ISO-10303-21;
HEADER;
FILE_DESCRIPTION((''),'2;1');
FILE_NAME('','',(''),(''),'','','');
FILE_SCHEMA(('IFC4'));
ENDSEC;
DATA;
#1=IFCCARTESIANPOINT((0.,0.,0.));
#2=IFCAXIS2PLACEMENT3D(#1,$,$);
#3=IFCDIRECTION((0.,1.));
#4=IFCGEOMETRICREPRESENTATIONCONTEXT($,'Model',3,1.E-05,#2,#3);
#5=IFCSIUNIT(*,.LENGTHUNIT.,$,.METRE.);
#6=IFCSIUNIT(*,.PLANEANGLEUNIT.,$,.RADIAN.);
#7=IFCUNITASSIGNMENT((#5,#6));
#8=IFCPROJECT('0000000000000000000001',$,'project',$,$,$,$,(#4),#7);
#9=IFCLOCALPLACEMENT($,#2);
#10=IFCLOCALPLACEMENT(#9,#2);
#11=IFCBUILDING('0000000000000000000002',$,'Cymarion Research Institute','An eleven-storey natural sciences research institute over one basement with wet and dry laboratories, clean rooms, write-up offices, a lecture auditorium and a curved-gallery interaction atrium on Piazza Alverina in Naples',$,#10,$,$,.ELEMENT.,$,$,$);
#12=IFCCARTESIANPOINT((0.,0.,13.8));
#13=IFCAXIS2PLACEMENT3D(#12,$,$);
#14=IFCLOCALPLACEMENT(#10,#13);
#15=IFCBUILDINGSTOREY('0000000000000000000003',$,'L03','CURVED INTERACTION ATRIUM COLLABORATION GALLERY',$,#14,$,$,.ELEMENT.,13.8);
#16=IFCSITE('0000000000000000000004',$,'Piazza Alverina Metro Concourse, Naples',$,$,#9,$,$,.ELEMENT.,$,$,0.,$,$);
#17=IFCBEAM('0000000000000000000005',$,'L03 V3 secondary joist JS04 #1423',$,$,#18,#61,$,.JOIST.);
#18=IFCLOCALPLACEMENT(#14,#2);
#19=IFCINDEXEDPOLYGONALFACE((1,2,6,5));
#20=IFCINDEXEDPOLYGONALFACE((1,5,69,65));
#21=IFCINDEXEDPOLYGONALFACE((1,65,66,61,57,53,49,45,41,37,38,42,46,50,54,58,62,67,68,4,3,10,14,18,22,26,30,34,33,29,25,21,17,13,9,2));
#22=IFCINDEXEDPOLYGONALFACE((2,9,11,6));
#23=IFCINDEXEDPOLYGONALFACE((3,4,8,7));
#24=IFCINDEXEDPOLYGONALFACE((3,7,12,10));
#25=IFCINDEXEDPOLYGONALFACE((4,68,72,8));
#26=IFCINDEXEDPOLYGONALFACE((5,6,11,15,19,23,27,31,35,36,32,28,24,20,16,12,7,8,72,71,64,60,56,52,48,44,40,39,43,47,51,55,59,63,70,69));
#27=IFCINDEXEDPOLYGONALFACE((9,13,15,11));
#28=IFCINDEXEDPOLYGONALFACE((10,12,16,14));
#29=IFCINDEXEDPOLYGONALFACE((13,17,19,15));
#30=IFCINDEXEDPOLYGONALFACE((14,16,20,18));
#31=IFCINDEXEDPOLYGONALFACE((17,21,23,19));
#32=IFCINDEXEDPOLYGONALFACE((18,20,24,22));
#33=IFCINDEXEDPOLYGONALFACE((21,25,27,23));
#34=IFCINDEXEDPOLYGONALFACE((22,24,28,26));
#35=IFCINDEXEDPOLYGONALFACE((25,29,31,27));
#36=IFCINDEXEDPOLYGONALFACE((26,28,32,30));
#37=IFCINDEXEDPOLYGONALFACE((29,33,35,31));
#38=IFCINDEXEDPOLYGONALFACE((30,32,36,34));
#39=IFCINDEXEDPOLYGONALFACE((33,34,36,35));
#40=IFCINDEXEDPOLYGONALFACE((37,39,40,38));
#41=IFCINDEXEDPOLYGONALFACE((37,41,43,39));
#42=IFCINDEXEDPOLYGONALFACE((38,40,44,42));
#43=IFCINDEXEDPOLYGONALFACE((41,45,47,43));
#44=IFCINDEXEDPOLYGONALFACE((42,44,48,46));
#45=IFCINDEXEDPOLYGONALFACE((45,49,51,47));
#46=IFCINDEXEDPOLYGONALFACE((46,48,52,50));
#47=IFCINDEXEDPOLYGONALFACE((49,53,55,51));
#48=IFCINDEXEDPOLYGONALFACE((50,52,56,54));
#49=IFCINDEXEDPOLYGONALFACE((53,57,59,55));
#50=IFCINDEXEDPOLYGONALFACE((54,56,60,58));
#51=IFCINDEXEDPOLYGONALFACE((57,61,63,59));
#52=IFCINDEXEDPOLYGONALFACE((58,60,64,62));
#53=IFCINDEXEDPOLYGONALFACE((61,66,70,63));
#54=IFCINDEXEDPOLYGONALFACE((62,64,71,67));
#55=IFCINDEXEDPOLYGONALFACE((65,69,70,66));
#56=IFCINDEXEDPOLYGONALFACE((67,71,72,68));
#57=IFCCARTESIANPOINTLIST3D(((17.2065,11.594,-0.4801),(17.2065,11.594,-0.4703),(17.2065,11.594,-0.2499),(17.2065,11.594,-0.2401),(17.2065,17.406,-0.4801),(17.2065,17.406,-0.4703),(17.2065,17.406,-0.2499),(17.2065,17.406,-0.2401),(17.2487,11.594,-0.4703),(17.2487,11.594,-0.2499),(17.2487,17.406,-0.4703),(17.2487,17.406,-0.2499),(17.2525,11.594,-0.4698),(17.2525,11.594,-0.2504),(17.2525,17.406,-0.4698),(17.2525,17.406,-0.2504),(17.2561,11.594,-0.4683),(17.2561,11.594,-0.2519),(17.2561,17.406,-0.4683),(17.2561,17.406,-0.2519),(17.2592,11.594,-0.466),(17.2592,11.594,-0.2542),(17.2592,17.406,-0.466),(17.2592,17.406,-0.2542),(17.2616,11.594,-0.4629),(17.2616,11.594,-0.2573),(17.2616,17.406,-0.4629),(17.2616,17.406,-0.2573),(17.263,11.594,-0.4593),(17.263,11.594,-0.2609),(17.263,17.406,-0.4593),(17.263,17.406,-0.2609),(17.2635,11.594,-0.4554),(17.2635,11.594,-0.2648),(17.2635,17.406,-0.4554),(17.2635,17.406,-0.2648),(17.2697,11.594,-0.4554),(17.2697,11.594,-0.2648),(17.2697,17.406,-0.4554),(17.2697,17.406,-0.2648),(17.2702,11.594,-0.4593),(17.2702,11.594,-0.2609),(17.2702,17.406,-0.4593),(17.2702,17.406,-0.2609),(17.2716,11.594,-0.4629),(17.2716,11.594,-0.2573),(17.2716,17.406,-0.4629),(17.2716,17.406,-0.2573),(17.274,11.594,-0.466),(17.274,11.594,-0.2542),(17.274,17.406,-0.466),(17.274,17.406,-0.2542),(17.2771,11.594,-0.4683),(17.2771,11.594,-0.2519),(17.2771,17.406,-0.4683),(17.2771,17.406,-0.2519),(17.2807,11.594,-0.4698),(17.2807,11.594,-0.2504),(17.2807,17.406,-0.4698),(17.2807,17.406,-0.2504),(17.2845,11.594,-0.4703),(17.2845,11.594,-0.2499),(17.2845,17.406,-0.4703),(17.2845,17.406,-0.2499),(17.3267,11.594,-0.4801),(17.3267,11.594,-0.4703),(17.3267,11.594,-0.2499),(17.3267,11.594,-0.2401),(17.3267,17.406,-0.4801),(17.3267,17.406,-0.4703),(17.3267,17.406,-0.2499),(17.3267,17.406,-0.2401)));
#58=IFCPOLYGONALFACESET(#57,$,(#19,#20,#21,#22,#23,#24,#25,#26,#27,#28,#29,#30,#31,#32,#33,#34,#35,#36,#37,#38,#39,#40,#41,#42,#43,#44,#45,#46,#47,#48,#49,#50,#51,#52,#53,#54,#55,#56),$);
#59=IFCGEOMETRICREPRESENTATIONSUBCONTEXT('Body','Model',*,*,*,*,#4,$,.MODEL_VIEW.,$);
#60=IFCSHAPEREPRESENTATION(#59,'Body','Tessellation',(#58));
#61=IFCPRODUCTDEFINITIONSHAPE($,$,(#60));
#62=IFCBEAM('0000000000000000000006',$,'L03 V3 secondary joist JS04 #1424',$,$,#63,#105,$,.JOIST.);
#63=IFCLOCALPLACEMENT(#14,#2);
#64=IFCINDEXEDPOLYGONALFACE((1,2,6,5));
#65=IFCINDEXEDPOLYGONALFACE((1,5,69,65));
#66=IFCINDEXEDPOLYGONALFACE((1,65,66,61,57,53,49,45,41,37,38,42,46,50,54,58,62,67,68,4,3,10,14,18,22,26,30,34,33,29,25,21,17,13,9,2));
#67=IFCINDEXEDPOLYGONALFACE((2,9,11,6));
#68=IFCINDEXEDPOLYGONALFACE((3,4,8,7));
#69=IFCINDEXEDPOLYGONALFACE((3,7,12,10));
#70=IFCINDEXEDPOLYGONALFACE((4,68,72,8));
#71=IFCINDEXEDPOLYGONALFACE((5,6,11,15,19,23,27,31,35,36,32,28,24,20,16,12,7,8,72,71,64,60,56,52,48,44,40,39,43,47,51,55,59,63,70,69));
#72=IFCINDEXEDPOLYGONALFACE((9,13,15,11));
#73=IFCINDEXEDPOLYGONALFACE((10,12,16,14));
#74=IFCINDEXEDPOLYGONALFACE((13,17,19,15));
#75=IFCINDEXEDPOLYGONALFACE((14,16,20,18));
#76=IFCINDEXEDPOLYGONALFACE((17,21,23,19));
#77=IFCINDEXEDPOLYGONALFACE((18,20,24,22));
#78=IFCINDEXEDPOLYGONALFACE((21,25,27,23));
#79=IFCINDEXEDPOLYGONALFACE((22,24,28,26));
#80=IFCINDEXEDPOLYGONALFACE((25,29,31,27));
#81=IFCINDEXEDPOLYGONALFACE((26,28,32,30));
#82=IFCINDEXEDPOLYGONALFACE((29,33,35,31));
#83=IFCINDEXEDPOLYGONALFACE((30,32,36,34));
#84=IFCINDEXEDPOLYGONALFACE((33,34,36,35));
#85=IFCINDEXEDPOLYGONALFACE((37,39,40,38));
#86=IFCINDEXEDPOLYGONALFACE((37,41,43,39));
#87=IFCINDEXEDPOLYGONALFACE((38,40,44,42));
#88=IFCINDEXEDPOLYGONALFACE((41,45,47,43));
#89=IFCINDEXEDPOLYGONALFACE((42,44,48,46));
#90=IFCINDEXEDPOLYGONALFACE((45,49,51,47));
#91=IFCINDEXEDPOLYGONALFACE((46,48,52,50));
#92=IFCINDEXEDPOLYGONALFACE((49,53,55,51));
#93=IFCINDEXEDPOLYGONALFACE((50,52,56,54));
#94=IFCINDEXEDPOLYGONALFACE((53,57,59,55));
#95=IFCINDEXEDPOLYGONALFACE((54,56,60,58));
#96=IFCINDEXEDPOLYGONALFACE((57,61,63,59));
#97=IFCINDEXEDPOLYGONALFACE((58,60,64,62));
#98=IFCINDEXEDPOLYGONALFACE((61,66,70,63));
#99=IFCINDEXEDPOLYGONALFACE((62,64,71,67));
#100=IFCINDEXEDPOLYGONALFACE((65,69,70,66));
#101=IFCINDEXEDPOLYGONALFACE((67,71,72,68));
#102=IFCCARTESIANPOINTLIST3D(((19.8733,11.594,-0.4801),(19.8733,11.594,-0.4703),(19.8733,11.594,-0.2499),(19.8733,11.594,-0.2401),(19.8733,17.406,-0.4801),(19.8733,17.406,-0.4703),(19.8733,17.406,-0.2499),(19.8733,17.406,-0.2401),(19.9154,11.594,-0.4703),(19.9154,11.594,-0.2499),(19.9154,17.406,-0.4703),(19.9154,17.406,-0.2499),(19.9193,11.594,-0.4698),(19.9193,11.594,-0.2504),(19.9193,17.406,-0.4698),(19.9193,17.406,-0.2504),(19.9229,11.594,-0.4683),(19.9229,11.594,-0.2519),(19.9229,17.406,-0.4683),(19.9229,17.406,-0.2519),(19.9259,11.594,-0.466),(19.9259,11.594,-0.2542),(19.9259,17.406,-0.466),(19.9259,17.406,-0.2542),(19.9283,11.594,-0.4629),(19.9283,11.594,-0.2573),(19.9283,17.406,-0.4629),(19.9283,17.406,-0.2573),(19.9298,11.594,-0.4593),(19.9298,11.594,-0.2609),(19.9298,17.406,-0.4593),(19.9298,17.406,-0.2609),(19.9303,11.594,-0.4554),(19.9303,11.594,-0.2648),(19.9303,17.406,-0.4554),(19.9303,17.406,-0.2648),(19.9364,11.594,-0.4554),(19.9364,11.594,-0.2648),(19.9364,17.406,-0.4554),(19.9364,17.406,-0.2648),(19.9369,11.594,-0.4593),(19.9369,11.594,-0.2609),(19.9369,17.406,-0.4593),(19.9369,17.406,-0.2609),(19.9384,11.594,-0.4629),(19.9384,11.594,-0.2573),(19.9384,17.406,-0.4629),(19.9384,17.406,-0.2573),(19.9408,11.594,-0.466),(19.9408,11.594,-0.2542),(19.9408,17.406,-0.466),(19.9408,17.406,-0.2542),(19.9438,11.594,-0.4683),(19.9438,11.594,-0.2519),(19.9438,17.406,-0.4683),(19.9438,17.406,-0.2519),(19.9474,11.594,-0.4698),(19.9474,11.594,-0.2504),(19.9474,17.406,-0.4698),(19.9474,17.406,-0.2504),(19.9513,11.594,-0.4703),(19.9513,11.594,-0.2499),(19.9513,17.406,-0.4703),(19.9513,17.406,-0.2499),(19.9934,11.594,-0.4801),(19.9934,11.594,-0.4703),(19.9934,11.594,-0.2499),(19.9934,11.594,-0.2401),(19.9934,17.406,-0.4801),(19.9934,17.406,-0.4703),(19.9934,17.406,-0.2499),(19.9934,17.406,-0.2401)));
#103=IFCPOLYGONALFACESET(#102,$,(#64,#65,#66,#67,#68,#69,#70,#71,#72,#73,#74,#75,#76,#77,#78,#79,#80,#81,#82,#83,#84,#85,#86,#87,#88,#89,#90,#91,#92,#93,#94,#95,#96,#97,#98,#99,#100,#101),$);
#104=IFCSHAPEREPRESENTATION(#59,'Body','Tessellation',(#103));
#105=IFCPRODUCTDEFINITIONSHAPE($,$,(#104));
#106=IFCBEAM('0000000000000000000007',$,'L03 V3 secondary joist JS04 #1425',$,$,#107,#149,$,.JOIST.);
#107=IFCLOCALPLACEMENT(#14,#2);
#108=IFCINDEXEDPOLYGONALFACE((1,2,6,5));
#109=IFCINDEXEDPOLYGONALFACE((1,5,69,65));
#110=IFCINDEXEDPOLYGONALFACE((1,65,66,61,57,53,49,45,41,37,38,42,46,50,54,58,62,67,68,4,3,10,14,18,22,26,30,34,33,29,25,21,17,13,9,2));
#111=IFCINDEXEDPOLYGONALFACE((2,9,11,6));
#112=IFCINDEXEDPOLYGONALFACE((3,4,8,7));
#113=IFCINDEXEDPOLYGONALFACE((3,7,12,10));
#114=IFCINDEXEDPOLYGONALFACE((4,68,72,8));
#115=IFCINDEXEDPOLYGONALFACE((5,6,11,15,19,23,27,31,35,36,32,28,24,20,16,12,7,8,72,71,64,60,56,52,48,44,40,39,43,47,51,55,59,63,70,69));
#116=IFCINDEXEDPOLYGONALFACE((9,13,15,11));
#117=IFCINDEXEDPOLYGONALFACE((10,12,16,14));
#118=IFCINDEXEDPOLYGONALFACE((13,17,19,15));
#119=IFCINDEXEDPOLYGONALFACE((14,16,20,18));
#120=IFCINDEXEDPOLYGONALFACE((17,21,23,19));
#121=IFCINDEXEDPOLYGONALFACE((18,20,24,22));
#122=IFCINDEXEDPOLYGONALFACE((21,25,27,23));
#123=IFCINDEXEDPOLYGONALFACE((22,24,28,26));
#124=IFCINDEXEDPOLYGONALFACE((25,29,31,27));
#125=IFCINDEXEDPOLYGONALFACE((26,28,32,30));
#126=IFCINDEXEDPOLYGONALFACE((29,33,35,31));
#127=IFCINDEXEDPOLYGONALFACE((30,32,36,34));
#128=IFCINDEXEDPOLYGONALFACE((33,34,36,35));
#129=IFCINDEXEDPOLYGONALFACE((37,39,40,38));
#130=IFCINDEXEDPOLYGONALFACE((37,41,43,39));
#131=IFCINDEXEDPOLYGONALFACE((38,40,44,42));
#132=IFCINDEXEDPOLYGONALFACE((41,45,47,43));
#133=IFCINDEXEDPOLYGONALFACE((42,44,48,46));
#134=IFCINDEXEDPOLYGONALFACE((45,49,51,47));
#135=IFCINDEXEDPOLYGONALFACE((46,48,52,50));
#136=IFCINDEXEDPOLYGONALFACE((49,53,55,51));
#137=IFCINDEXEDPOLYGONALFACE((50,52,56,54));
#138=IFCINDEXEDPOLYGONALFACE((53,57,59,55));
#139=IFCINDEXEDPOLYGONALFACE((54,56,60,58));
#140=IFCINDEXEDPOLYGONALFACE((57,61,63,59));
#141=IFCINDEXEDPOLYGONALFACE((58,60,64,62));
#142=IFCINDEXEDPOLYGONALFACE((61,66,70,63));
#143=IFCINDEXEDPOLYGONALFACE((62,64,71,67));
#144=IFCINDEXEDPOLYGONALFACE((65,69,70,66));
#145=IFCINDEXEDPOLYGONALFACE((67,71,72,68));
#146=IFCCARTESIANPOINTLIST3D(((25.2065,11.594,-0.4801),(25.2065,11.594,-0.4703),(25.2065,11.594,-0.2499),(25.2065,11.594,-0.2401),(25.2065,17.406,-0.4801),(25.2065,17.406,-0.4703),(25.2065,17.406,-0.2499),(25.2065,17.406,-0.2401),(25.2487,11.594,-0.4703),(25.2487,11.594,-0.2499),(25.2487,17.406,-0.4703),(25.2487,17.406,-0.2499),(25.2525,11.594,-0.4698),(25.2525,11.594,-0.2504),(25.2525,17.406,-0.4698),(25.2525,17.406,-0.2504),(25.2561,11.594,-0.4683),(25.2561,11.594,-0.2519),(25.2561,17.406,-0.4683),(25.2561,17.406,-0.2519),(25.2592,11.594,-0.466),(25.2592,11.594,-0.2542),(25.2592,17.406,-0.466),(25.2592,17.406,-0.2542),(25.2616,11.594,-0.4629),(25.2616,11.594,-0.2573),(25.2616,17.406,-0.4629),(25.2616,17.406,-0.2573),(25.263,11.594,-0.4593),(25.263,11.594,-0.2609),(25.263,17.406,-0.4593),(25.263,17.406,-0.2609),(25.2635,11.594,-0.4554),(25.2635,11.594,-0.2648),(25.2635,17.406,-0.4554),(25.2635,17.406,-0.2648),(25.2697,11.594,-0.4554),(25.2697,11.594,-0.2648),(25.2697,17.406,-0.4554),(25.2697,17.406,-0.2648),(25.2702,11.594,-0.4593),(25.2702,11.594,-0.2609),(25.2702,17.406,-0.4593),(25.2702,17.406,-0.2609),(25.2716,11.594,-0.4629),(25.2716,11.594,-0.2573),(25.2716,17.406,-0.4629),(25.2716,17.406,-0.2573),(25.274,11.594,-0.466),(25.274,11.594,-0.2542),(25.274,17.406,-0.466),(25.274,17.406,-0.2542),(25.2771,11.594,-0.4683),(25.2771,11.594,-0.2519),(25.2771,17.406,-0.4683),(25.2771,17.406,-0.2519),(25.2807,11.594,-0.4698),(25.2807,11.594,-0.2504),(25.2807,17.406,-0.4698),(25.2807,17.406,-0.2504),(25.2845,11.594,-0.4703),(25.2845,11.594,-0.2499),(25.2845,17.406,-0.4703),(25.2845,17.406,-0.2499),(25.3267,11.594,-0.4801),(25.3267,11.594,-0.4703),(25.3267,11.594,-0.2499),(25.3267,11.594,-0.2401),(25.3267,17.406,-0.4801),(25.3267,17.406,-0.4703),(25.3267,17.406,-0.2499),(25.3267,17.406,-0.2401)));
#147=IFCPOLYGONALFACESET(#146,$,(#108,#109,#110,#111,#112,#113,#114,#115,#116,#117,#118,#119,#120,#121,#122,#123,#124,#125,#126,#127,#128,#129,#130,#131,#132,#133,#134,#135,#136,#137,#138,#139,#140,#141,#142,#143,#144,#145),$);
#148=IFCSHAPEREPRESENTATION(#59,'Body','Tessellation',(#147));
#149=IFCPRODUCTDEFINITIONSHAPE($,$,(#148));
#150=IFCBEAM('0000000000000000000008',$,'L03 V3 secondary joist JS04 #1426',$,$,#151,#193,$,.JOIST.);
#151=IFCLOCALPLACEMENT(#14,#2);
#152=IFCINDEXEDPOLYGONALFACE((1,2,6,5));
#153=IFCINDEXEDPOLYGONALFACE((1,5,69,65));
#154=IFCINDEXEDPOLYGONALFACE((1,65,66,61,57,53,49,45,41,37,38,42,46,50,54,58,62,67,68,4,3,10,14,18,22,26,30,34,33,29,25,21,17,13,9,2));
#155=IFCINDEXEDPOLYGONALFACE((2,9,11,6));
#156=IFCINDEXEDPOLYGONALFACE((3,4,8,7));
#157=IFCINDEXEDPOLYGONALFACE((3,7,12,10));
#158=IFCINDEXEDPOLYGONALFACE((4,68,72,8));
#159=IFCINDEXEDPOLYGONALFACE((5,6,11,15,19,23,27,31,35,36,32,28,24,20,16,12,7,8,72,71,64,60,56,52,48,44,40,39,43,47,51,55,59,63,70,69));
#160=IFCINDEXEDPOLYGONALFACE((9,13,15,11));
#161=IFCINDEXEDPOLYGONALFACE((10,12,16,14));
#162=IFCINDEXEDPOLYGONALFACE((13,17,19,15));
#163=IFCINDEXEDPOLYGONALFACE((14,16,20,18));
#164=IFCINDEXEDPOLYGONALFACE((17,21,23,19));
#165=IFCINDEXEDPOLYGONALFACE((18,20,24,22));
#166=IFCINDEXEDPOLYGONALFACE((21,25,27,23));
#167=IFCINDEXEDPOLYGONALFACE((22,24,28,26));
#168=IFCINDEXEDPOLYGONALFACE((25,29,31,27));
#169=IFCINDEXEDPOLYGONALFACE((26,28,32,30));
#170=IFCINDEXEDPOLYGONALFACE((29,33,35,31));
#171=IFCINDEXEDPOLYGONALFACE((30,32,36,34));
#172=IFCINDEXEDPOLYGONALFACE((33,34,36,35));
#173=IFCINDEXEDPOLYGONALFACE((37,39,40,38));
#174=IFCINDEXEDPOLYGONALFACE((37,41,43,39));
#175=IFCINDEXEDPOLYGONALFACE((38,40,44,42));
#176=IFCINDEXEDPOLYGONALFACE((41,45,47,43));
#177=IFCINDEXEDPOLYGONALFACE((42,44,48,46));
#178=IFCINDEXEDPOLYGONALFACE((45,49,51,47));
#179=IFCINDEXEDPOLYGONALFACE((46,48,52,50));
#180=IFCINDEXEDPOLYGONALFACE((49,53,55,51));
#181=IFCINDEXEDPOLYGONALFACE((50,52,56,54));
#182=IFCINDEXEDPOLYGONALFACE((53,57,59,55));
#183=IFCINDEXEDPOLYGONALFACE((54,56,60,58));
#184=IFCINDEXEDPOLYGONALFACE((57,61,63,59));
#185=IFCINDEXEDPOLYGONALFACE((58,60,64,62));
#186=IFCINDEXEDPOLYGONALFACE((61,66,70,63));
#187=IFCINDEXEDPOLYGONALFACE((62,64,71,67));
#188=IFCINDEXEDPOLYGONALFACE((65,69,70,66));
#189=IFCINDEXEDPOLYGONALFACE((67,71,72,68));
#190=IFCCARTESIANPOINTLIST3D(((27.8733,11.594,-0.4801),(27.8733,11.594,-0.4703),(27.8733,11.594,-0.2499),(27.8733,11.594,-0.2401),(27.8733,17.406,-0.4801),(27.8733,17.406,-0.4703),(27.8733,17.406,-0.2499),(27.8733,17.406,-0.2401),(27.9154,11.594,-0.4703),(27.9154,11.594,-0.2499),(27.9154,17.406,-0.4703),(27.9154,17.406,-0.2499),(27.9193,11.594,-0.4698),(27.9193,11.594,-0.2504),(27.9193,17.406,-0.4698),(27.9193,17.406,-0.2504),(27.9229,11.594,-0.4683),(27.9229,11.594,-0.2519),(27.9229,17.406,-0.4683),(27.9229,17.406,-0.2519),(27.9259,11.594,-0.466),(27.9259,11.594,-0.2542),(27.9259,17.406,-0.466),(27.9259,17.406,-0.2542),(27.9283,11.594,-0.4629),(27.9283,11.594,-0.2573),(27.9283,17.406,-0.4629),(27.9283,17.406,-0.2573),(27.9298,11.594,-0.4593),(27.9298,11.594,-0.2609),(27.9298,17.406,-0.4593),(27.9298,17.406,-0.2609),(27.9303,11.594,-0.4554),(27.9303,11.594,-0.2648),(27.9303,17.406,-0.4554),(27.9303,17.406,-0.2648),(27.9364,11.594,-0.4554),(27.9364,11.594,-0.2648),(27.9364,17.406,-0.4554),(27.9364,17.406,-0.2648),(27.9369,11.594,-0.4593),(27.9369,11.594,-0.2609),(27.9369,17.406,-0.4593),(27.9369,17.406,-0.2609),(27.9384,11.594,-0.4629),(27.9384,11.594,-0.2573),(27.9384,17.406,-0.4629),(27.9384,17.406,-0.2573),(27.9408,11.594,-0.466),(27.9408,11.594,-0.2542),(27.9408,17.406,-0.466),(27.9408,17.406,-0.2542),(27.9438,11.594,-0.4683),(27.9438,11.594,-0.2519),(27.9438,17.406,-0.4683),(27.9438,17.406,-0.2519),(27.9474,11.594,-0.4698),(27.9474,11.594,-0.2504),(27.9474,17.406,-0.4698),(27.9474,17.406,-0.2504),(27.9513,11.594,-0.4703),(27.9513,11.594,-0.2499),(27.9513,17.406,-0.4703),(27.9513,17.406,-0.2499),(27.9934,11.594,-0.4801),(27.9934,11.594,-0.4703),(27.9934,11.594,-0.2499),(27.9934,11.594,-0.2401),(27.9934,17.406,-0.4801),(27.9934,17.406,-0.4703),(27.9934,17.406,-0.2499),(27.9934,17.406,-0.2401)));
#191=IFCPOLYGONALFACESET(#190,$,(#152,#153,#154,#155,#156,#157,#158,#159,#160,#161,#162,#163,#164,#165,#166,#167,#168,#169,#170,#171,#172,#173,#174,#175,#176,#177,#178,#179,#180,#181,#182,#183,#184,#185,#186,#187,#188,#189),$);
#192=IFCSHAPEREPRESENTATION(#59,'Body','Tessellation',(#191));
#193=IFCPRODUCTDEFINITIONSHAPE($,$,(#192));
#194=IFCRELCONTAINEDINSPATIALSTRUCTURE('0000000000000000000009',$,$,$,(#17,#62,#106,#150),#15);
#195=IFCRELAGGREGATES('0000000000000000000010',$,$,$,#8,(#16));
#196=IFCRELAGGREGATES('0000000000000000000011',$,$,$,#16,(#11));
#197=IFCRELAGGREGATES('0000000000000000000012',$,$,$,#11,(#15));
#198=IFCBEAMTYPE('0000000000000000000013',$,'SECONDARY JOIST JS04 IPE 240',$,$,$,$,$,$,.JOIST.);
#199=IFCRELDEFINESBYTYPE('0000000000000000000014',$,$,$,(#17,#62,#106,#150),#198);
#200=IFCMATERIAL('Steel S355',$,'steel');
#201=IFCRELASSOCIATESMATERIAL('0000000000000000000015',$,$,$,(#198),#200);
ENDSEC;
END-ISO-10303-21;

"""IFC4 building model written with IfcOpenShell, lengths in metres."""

from ifc_helpers import new_model, si_unit, direction, frame, origin, origin_2d, place, context, subcontext, project, spatial, i_section, extrude, material, material_profile, profile_set, type_object, element, save


model = new_model("IFC4")

# Units and contexts
model_context = context("Model", 3, precision=1e-05, world=origin(), true_north=direction((0.0, 1.0)))
body_context = subcontext(model_context, "Body", "Model", "MODEL_VIEW")
ifc_project = project(units=[si_unit("LENGTHUNIT", "METRE"), si_unit("PLANEANGLEUNIT", "RADIAN")], contexts=[model_context])

# Site, building, storey
site_placement = place(None, origin())
site = spatial("IfcSite", under=ifc_project, at=site_placement, Name="Piazza Alverina Metro Concourse, Naples", CompositionType="ELEMENT", RefElevation=0.0)
building_placement = place(site_placement, origin())
building = spatial("IfcBuilding", under=site, at=building_placement, Name="Cymarion Research Institute", Description="An eleven-storey natural sciences research institute over one basement with wet and dry laboratories, clean rooms, write-up offices, a lecture auditorium and a curved-gallery interaction atrium on Piazza Alverina in Naples", CompositionType="ELEMENT")
storey_placement = place(building_placement, frame((0.0, 0.0, 13.8)))
storey = spatial("IfcBuildingStorey", under=building, at=storey_placement, Name="L03", Description="CURVED INTERACTION ATRIUM COLLABORATION GALLERY", CompositionType="ELEMENT", Elevation=13.8)

# Beams
ifc_material = material(Name="Steel S355", Category="steel")
ifc_material_profile_1 = material_profile(ifc_material, i_section(OverallWidth=0.1201, OverallDepth=0.24, WebThickness=0.0061, FlangeThickness=0.0098, FilletRadius=0.0149, at=origin_2d()), Name="IPE 240")
ifc_profile_set_1 = profile_set([ifc_material_profile_1], Name="Steel S355")
beam_type_1 = type_object("IfcBeamType", Name="SECONDARY JOIST JS04 IPE 240", PredefinedType="JOIST", material=ifc_profile_set_1)
for number, where, z_axis, x_axis, name in (
    (1, (17.2666, 11.594, -0.3601), (0.0, 1.0, 0.0), (-1.0, 0.0, 0.0), "L03 V3 secondary joist JS04 #1423"),
    (2, (19.9333, 11.594, -0.3601), (0.0, 1.0, 0.0), (-1.0, 0.0, 0.0), "L03 V3 secondary joist JS04 #1424"),
    (3, (25.2666, 11.594, -0.3601), (0.0, 1.0, 0.0), (-1.0, 0.0, 0.0), "L03 V3 secondary joist JS04 #1425"),
    (4, (27.9333, 11.594, -0.3601), (0.0, 1.0, 0.0), (-1.0, 0.0, 0.0), "L03 V3 secondary joist JS04 #1426"),
):
    element("IfcBeam", number, at=place(storey_placement, frame(where, z_axis=z_axis, x_axis=x_axis)), inside=storey, type_object=beam_type_1, Name=name, PredefinedType="JOIST", context=body_context, shape_type="SweptSolid", body=[
        extrude(i_section(OverallWidth=0.1201, OverallDepth=0.24, WebThickness=0.0061, FlangeThickness=0.0098, FilletRadius=0.0149, at=origin_2d()), origin(), (0.0, 0.0, 1.0), 5.812),
    ])

save(model, "model.ifc")
